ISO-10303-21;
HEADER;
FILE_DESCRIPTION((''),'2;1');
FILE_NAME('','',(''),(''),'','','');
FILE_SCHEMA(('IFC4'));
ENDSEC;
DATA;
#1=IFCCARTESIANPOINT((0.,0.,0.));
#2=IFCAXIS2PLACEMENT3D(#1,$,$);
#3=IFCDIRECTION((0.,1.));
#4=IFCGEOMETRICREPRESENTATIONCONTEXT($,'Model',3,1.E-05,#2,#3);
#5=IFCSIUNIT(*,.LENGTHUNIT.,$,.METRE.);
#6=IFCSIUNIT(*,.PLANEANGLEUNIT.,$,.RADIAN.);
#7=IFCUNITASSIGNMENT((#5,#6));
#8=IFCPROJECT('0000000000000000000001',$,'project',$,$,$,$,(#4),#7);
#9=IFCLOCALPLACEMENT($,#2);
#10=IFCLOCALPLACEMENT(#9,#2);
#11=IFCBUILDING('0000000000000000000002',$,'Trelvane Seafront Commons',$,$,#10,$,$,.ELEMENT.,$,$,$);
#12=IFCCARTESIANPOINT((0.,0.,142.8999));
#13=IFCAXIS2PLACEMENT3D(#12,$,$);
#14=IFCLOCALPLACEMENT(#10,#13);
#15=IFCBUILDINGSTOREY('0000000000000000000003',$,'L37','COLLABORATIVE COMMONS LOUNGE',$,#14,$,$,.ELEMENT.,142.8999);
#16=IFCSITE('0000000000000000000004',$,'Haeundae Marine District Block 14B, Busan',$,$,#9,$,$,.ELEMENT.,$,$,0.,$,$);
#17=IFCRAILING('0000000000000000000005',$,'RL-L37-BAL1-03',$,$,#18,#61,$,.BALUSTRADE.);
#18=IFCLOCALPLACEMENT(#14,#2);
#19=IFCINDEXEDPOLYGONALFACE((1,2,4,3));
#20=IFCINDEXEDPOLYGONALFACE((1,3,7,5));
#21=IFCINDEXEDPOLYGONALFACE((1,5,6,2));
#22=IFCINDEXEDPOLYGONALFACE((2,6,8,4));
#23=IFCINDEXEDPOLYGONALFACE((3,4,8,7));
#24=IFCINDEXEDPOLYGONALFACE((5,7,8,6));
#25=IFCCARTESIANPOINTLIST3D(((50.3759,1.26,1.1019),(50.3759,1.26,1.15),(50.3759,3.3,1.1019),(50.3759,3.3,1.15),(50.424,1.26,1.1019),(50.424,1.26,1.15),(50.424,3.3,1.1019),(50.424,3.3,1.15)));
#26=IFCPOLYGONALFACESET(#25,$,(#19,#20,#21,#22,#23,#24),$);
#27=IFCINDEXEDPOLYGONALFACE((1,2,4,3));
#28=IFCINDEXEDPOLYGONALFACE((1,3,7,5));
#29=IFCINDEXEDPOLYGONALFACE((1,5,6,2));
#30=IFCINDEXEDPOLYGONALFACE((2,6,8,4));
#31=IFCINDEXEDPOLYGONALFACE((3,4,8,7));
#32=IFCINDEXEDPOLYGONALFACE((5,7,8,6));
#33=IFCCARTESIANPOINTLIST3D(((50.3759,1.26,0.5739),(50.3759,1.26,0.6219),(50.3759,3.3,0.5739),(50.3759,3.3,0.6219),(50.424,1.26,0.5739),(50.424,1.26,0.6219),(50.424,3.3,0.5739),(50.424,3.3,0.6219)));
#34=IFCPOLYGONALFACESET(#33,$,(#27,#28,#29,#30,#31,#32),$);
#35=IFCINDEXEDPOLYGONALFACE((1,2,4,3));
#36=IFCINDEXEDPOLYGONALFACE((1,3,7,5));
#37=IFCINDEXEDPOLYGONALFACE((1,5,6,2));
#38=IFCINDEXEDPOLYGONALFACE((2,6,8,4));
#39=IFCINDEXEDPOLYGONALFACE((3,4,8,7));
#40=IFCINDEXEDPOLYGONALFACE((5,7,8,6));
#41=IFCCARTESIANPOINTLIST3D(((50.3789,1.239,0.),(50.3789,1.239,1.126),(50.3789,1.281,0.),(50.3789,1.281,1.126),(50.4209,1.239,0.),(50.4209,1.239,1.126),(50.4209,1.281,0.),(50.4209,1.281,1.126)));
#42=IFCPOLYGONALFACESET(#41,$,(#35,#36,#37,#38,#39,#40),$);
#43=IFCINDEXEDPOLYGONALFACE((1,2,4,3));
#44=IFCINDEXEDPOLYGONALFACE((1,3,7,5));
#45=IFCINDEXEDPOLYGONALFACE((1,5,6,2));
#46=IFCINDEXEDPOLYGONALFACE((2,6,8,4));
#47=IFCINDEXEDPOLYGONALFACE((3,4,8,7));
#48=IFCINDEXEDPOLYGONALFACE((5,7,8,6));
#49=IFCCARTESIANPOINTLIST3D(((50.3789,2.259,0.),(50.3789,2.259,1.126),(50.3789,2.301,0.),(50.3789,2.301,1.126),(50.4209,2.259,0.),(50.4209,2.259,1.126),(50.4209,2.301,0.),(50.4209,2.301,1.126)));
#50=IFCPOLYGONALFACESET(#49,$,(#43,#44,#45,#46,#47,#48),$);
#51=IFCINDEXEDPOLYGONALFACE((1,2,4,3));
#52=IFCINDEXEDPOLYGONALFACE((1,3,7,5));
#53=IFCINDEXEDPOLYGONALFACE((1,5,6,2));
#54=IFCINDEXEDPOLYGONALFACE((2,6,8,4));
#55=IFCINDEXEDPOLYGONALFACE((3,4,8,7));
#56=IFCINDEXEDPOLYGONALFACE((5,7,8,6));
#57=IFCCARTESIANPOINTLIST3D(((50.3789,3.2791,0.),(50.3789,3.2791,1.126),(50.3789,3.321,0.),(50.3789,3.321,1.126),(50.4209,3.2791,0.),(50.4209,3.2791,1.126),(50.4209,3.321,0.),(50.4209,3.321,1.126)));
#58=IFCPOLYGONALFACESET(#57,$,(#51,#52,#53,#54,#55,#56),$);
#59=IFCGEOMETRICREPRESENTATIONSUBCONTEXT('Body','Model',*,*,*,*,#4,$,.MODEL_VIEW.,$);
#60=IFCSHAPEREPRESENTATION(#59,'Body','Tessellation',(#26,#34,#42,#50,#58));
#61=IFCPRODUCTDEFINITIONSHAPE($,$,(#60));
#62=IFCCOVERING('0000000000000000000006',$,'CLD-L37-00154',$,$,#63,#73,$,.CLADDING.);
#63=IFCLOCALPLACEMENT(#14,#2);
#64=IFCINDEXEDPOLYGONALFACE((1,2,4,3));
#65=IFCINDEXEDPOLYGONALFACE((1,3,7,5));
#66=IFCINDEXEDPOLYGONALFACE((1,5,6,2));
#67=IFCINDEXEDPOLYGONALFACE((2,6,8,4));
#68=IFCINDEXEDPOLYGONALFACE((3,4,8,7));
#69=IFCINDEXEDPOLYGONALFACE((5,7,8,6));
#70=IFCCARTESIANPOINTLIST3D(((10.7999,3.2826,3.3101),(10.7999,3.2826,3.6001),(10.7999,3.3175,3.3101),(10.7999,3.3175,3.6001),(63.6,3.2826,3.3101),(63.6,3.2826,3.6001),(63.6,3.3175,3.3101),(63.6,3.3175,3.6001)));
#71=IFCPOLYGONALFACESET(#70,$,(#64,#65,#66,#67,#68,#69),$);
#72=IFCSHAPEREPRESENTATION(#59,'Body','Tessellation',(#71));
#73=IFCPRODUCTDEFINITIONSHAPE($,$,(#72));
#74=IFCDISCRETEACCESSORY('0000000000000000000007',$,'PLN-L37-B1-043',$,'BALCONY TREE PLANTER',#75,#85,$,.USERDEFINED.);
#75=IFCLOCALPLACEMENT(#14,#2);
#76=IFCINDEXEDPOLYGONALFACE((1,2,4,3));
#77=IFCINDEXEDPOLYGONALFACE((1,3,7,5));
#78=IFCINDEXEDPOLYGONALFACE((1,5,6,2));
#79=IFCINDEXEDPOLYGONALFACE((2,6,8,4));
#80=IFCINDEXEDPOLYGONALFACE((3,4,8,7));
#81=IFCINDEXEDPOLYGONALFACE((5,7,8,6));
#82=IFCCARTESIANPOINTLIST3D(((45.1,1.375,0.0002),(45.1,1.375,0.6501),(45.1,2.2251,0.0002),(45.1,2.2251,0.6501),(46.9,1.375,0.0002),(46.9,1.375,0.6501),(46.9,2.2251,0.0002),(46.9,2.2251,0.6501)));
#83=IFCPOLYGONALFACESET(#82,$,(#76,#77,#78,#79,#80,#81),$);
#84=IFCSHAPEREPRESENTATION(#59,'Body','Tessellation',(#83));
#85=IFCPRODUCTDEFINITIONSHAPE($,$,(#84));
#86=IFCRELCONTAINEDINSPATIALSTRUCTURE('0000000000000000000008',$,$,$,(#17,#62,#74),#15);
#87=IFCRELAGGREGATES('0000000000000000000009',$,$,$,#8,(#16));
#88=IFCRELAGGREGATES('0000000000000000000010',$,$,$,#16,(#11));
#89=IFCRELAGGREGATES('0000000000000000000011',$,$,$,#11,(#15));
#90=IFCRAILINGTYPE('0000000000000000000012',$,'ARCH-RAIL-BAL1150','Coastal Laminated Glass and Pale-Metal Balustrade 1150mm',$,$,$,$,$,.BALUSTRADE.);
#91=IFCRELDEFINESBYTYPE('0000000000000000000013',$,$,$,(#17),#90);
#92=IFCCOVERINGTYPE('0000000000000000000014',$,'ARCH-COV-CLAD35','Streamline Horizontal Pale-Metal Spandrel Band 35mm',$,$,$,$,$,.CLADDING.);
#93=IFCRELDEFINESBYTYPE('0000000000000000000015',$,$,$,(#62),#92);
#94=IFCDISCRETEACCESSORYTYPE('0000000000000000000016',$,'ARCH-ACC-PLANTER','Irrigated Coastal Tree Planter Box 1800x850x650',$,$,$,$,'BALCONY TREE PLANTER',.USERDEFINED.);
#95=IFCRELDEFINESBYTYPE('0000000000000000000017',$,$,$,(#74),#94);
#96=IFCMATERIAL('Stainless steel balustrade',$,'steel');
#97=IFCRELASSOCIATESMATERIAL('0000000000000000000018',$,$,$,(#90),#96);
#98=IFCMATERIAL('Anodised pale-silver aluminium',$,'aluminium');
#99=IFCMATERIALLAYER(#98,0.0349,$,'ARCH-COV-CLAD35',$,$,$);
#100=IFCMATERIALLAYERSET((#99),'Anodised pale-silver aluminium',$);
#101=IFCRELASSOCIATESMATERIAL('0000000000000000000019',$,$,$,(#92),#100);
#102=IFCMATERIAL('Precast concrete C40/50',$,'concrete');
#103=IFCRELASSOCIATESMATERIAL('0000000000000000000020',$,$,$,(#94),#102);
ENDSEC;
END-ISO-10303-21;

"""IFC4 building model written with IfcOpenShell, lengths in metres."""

from ifc_helpers import new_model, si_unit, direction, frame, origin, origin_2d, place, context, subcontext, project, spatial, rectangle, extrude, source, transform, mapped, material, layer, layer_set, type_object, element, save


model = new_model("IFC4")

# Units and contexts
model_context = context("Model", 3, precision=1e-05, world=origin(), true_north=direction((0.0, 1.0)))
body_context = subcontext(model_context, "Body", "Model", "MODEL_VIEW")
ifc_project = project(units=[si_unit("LENGTHUNIT", "METRE"), si_unit("PLANEANGLEUNIT", "RADIAN")], contexts=[model_context])

# Site, building, storey
site_placement = place(None, origin())
site = spatial("IfcSite", under=ifc_project, at=site_placement, Name="Haeundae Marine District Block 14B, Busan", CompositionType="ELEMENT", RefElevation=0.0)
building_placement = place(site_placement, origin())
building = spatial("IfcBuilding", under=site, at=building_placement, Name="Trelvane Seafront Commons", CompositionType="ELEMENT")
storey_placement = place(building_placement, frame((0.0, 0.0, 142.8999)))
storey = spatial("IfcBuildingStorey", under=building, at=storey_placement, Name="L37", Description="COLLABORATIVE COMMONS LOUNGE", CompositionType="ELEMENT", Elevation=142.8999)

# Shared definitions
ifc_material_1 = material(Name="Anodised pale-silver aluminium", Category="aluminium")

# Railing
ifc_material_2 = material(Name="Stainless steel balustrade", Category="steel")
railing_type = type_object("IfcRailingType", Name="ARCH-RAIL-BAL1150", Description="Coastal Laminated Glass and Pale-Metal Balustrade 1150mm", PredefinedType="BALUSTRADE", material=ifc_material_2)
railing_1_placement = place(storey_placement, frame((50.3999, 1.26, 0.0)))
element("IfcRailing", 1, at=railing_1_placement, inside=storey, type_object=railing_type, Name="RL-L37-BAL1-03", PredefinedType="BALUSTRADE", context=body_context, shape_type="SweptSolid", body=[
    extrude(rectangle(XDim=0.0481, YDim=0.0481, at=origin_2d()), frame((0.0, 0.0, 1.126), z_axis=(0.0, 1.0, 0.0), x_axis=(-1.0, 0.0, 0.0)), (0.0, 0.0, 1.0), 2.04),
    extrude(rectangle(XDim=0.0481, YDim=0.0481, at=origin_2d()), frame((0.0, 0.0, 0.5979), z_axis=(0.0, 1.0, 0.0), x_axis=(-1.0, 0.0, 0.0)), (0.0, 0.0, 1.0), 2.04),
    extrude(rectangle(XDim=0.042, YDim=0.042, at=origin_2d()), origin(), (0.0, 0.0, 1.0), 1.126),
    extrude(rectangle(XDim=0.042, YDim=0.042, at=origin_2d()), frame((0.0, 1.02, 0.0)), (0.0, 0.0, 1.0), 1.126),
    extrude(rectangle(XDim=0.042, YDim=0.042, at=origin_2d()), frame((0.0, 2.04, 0.0)), (0.0, 0.0, 1.0), 1.126),
])

# Covering
ifc_layer_1 = layer(ifc_material_1, 0.0349, Name="ARCH-COV-CLAD35")
ifc_layer_set_1 = layer_set([ifc_layer_1], Name="Anodised pale-silver aluminium")
covering_type = type_object("IfcCoveringType", Name="ARCH-COV-CLAD35", Description="Streamline Horizontal Pale-Metal Spandrel Band 35mm", PredefinedType="CLADDING", material=ifc_layer_set_1)
shared_shape_1 = source(origin(), body_context, "Body", "SweptSolid", [
    extrude(rectangle(XDim=52.8, YDim=0.0349, at=origin_2d()), origin(), (0.0, 0.0, 1.0), 0.29),
])
covering_placement = place(storey_placement, frame((37.2, 3.3, 3.3101), z_axis=(0.0, 0.0, 1.0), x_axis=(-1.0, 0.0, 0.0)))
element("IfcCovering", 2, at=covering_placement, inside=storey, type_object=covering_type, Name="CLD-L37-00154", PredefinedType="CLADDING", context=body_context, shape_type="MappedRepresentation", body=[
    mapped(shared_shape_1, transform((0.0, 0.0, 0.0), x_axis=(1.0, 0.0, 0.0), y_axis=(0.0, 1.0, 0.0), z_axis=(0.0, 0.0, 1.0), scale=1.0)),
])

# Discrete accessory
ifc_material_3 = material(Name="Precast concrete C40/50", Category="concrete")
discrete_accessory_type = type_object("IfcDiscreteAccessoryType", Name="ARCH-ACC-PLANTER", Description="Irrigated Coastal Tree Planter Box 1800x850x650", ElementType="BALCONY TREE PLANTER", PredefinedType="USERDEFINED", material=ifc_material_3)
shared_shape_2 = source(origin(), body_context, "Body", "SweptSolid", [
    extrude(rectangle(XDim=1.8, YDim=0.8501, at=origin_2d()), origin(), (0.0, 0.0, 1.0), 0.6499),
])
discrete_accessory_placement = place(storey_placement, frame((46.0, 1.8, 0.0002), z_axis=(0.0, 0.0, 1.0), x_axis=(1.0, 0.0, 0.0)))
element("IfcDiscreteAccessory", 3, at=discrete_accessory_placement, inside=storey, type_object=discrete_accessory_type, Name="PLN-L37-B1-043", ObjectType="BALCONY TREE PLANTER", PredefinedType="USERDEFINED", context=body_context, shape_type="MappedRepresentation", body=[
    mapped(shared_shape_2, transform((0.0, 0.0, 0.0), x_axis=(1.0, 0.0, 0.0), y_axis=(0.0, 1.0, 0.0), z_axis=(0.0, 0.0, 1.0), scale=1.0)),
])

save(model, "model.ifc")
